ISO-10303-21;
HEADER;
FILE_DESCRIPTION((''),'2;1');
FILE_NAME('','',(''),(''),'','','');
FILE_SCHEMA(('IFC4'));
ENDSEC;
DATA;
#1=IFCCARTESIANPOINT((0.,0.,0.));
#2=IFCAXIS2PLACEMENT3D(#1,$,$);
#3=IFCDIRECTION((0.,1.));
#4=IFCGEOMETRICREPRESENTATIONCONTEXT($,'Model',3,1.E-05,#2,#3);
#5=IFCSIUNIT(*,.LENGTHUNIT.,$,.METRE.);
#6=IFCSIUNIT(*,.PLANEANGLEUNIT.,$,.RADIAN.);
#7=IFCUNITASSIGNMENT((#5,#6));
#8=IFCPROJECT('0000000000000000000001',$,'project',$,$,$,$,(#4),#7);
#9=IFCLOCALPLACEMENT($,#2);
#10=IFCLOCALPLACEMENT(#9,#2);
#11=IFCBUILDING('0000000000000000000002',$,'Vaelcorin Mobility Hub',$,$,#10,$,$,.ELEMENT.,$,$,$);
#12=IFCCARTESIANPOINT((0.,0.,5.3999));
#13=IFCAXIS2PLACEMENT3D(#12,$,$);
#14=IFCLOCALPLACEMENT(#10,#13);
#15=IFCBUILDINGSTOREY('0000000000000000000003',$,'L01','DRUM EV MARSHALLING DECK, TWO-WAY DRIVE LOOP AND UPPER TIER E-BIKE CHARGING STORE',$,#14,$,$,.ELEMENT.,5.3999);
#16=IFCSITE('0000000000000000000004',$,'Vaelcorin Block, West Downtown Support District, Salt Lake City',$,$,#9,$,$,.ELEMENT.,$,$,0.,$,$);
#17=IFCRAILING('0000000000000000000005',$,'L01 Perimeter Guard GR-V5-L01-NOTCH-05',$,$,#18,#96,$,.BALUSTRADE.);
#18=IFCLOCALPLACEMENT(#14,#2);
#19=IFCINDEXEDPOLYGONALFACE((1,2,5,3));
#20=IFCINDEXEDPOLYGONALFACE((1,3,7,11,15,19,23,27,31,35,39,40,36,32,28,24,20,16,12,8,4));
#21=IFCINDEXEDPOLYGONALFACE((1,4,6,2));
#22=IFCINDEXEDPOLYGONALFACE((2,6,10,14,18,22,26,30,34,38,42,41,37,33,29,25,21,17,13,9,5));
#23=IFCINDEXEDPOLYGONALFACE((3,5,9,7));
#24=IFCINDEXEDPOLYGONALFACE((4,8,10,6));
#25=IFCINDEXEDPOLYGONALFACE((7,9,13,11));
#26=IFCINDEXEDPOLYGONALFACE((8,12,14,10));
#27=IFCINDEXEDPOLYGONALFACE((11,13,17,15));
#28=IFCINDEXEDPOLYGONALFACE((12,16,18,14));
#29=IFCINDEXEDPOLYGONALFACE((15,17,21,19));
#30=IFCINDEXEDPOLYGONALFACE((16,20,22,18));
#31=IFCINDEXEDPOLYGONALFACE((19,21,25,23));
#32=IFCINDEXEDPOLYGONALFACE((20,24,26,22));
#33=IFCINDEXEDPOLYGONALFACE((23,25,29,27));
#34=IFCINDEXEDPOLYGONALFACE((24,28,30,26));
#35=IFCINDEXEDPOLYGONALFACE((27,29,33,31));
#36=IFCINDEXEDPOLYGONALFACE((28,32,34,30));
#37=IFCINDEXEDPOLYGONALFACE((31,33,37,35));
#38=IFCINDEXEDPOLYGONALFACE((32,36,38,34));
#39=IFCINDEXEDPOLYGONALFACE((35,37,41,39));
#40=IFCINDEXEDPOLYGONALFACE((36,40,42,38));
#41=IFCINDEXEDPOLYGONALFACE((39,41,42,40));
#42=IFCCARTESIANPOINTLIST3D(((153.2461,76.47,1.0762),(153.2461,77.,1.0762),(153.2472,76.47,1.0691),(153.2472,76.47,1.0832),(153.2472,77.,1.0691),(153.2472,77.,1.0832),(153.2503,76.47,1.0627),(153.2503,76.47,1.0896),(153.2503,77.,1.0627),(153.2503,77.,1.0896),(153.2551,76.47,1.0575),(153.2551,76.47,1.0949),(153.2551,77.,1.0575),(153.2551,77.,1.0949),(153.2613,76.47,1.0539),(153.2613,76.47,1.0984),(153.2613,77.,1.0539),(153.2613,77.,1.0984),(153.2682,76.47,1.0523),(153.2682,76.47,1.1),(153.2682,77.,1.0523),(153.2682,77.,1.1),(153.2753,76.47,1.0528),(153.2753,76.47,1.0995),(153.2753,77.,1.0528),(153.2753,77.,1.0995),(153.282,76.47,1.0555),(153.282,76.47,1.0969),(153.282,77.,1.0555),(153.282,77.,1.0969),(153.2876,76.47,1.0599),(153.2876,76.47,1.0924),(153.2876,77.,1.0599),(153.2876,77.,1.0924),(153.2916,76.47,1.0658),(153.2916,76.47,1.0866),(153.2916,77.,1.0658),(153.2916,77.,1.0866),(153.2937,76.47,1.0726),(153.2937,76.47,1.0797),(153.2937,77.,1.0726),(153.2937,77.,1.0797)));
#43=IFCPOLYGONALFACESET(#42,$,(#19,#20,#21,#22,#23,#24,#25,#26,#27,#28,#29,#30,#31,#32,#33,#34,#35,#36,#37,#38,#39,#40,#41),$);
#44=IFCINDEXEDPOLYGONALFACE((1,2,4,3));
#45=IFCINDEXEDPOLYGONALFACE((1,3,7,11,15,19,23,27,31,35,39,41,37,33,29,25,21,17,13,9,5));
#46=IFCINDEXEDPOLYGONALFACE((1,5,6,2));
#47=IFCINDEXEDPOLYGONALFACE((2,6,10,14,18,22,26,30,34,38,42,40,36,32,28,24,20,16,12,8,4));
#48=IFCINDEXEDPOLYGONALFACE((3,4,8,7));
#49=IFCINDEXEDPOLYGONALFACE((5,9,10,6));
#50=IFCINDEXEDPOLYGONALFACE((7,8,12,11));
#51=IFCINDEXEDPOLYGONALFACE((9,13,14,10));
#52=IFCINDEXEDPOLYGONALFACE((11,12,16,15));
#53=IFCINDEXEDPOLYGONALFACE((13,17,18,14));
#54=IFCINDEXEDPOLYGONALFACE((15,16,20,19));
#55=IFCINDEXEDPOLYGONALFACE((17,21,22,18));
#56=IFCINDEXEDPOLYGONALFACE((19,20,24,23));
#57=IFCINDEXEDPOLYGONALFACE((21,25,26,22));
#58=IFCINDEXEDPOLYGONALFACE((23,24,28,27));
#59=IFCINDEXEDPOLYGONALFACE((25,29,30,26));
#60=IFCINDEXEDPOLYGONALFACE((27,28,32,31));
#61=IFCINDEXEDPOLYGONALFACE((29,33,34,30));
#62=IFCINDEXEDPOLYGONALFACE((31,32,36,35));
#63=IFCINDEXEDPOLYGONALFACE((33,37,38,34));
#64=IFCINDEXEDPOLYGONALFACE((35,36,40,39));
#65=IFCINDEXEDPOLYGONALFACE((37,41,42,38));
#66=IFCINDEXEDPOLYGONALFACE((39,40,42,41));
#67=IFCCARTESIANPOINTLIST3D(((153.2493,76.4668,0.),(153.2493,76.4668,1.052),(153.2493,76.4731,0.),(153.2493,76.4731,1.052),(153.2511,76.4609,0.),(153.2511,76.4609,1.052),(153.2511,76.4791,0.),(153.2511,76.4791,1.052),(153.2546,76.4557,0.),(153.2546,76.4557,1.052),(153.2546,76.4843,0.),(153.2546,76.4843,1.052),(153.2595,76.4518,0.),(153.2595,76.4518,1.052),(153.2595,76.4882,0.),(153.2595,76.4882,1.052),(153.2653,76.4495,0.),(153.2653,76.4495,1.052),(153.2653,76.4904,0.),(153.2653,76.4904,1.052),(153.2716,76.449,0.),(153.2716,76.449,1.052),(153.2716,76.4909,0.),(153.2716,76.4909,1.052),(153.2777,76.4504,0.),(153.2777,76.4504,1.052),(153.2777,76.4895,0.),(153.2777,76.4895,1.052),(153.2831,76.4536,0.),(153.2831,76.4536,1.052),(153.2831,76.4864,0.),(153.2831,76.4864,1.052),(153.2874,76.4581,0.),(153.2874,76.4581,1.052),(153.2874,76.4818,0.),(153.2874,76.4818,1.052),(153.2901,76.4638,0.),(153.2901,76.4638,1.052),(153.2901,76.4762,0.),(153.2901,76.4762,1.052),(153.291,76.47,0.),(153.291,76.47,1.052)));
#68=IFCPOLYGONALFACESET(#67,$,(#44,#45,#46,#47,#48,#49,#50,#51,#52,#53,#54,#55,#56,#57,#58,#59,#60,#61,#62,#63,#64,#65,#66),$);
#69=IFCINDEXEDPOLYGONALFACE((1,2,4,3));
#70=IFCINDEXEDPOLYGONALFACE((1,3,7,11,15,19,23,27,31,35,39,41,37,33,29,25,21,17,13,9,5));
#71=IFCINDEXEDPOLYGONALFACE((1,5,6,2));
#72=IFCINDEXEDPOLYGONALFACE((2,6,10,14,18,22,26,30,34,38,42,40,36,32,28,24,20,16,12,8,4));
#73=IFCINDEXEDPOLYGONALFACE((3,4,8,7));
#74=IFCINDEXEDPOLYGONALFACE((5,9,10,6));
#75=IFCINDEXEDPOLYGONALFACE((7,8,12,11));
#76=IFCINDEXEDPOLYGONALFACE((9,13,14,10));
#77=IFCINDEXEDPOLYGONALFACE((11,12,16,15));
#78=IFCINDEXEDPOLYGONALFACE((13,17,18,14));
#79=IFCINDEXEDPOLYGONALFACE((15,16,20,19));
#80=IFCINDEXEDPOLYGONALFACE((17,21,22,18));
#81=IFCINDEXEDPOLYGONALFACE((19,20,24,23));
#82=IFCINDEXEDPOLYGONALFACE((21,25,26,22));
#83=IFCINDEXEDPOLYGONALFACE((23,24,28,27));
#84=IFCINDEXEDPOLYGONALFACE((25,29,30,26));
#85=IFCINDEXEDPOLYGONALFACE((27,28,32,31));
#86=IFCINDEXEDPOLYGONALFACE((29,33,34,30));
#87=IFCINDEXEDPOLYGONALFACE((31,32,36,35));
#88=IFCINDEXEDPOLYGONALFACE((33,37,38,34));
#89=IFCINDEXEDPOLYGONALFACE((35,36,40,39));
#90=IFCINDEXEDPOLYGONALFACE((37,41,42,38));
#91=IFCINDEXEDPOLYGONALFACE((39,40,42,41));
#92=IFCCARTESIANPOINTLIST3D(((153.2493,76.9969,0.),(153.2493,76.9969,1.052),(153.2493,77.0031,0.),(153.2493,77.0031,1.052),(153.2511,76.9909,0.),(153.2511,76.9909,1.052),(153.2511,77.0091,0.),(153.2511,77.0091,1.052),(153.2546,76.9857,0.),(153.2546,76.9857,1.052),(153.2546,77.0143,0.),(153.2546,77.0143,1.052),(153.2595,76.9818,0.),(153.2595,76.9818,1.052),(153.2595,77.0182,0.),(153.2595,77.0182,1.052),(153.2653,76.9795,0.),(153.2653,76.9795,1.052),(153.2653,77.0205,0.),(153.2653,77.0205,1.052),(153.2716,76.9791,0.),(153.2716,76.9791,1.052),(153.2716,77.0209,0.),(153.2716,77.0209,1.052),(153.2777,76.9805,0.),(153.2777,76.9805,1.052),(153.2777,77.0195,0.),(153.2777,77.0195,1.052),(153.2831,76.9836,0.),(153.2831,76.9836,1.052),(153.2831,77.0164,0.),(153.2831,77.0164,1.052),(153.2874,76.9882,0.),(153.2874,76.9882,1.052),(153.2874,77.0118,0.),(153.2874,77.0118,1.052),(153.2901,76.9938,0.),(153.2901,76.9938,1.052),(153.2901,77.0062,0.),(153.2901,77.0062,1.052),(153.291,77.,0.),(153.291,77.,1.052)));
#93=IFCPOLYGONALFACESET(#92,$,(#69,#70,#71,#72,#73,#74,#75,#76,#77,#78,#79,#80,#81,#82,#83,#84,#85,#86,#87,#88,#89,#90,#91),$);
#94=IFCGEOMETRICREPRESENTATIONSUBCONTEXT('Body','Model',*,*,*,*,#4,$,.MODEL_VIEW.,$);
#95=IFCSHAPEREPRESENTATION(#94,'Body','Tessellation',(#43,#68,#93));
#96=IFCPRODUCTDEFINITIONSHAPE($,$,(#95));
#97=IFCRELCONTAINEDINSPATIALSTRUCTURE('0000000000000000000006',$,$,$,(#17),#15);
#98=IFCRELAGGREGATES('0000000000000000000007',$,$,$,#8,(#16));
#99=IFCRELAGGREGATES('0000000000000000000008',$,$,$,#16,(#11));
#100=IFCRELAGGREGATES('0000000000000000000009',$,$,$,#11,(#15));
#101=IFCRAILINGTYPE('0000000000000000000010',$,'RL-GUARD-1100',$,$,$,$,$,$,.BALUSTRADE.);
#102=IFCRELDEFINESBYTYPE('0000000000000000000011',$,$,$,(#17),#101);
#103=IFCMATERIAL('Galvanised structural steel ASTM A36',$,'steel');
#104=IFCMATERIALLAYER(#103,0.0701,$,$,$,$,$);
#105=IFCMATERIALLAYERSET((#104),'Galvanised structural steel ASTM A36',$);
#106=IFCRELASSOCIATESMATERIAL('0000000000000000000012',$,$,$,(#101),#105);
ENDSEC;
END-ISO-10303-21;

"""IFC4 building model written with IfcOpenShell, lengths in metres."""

from ifc_helpers import new_model, si_unit, direction, frame, origin, origin_2d, place, context, subcontext, project, spatial, circle, extrude, material, layer, layer_set, type_object, element, save


model = new_model("IFC4")

# Units and contexts
model_context = context("Model", 3, precision=1e-05, world=origin(), true_north=direction((0.0, 1.0)))
body_context = subcontext(model_context, "Body", "Model", "MODEL_VIEW")
ifc_project = project(units=[si_unit("LENGTHUNIT", "METRE"), si_unit("PLANEANGLEUNIT", "RADIAN")], contexts=[model_context])

# Site, building, storey
site_placement = place(None, origin())
site = spatial("IfcSite", under=ifc_project, at=site_placement, Name="Vaelcorin Block, West Downtown Support District, Salt Lake City", CompositionType="ELEMENT", RefElevation=0.0)
building_placement = place(site_placement, origin())
building = spatial("IfcBuilding", under=site, at=building_placement, Name="Vaelcorin Mobility Hub", CompositionType="ELEMENT")
storey_placement = place(building_placement, frame((0.0, 0.0, 5.3999)))
storey = spatial("IfcBuildingStorey", under=building, at=storey_placement, Name="L01", Description="DRUM EV MARSHALLING DECK, TWO-WAY DRIVE LOOP AND UPPER TIER E-BIKE CHARGING STORE", CompositionType="ELEMENT", Elevation=5.3999)

# Railing
ifc_material_1 = material(Name="Galvanised structural steel ASTM A36", Category="steel")
ifc_layer_1 = layer(ifc_material_1, 0.0701)
ifc_layer_set_1 = layer_set([ifc_layer_1], Name="Galvanised structural steel ASTM A36")
railing_type_1 = type_object("IfcRailingType", Name="RL-GUARD-1100", PredefinedType="BALUSTRADE", material=ifc_layer_set_1)
railing_1_placement = place(storey_placement, frame((153.27, 76.47, 0.0)))
element("IfcRailing", 1, at=railing_1_placement, inside=storey, type_object=railing_type_1, Name="L01 Perimeter Guard GR-V5-L01-NOTCH-05", PredefinedType="BALUSTRADE", context=body_context, shape_type="SweptSolid", body=[
    extrude(circle(Radius=0.0239, at=origin_2d()), frame((0.0, 0.0, 1.0762), z_axis=(0.0, 1.0, 0.0), x_axis=(-1.0, 0.0, 0.0)), (0.0, 0.0, 1.0), 0.53),
    extrude(circle(Radius=0.021, at=origin_2d()), origin(), (0.0, 0.0, 1.0), 1.052),
    extrude(circle(Radius=0.021, at=origin_2d()), frame((0.0, 0.53, 0.0)), (0.0, 0.0, 1.0), 1.052),
])

save(model, "model.ifc")
